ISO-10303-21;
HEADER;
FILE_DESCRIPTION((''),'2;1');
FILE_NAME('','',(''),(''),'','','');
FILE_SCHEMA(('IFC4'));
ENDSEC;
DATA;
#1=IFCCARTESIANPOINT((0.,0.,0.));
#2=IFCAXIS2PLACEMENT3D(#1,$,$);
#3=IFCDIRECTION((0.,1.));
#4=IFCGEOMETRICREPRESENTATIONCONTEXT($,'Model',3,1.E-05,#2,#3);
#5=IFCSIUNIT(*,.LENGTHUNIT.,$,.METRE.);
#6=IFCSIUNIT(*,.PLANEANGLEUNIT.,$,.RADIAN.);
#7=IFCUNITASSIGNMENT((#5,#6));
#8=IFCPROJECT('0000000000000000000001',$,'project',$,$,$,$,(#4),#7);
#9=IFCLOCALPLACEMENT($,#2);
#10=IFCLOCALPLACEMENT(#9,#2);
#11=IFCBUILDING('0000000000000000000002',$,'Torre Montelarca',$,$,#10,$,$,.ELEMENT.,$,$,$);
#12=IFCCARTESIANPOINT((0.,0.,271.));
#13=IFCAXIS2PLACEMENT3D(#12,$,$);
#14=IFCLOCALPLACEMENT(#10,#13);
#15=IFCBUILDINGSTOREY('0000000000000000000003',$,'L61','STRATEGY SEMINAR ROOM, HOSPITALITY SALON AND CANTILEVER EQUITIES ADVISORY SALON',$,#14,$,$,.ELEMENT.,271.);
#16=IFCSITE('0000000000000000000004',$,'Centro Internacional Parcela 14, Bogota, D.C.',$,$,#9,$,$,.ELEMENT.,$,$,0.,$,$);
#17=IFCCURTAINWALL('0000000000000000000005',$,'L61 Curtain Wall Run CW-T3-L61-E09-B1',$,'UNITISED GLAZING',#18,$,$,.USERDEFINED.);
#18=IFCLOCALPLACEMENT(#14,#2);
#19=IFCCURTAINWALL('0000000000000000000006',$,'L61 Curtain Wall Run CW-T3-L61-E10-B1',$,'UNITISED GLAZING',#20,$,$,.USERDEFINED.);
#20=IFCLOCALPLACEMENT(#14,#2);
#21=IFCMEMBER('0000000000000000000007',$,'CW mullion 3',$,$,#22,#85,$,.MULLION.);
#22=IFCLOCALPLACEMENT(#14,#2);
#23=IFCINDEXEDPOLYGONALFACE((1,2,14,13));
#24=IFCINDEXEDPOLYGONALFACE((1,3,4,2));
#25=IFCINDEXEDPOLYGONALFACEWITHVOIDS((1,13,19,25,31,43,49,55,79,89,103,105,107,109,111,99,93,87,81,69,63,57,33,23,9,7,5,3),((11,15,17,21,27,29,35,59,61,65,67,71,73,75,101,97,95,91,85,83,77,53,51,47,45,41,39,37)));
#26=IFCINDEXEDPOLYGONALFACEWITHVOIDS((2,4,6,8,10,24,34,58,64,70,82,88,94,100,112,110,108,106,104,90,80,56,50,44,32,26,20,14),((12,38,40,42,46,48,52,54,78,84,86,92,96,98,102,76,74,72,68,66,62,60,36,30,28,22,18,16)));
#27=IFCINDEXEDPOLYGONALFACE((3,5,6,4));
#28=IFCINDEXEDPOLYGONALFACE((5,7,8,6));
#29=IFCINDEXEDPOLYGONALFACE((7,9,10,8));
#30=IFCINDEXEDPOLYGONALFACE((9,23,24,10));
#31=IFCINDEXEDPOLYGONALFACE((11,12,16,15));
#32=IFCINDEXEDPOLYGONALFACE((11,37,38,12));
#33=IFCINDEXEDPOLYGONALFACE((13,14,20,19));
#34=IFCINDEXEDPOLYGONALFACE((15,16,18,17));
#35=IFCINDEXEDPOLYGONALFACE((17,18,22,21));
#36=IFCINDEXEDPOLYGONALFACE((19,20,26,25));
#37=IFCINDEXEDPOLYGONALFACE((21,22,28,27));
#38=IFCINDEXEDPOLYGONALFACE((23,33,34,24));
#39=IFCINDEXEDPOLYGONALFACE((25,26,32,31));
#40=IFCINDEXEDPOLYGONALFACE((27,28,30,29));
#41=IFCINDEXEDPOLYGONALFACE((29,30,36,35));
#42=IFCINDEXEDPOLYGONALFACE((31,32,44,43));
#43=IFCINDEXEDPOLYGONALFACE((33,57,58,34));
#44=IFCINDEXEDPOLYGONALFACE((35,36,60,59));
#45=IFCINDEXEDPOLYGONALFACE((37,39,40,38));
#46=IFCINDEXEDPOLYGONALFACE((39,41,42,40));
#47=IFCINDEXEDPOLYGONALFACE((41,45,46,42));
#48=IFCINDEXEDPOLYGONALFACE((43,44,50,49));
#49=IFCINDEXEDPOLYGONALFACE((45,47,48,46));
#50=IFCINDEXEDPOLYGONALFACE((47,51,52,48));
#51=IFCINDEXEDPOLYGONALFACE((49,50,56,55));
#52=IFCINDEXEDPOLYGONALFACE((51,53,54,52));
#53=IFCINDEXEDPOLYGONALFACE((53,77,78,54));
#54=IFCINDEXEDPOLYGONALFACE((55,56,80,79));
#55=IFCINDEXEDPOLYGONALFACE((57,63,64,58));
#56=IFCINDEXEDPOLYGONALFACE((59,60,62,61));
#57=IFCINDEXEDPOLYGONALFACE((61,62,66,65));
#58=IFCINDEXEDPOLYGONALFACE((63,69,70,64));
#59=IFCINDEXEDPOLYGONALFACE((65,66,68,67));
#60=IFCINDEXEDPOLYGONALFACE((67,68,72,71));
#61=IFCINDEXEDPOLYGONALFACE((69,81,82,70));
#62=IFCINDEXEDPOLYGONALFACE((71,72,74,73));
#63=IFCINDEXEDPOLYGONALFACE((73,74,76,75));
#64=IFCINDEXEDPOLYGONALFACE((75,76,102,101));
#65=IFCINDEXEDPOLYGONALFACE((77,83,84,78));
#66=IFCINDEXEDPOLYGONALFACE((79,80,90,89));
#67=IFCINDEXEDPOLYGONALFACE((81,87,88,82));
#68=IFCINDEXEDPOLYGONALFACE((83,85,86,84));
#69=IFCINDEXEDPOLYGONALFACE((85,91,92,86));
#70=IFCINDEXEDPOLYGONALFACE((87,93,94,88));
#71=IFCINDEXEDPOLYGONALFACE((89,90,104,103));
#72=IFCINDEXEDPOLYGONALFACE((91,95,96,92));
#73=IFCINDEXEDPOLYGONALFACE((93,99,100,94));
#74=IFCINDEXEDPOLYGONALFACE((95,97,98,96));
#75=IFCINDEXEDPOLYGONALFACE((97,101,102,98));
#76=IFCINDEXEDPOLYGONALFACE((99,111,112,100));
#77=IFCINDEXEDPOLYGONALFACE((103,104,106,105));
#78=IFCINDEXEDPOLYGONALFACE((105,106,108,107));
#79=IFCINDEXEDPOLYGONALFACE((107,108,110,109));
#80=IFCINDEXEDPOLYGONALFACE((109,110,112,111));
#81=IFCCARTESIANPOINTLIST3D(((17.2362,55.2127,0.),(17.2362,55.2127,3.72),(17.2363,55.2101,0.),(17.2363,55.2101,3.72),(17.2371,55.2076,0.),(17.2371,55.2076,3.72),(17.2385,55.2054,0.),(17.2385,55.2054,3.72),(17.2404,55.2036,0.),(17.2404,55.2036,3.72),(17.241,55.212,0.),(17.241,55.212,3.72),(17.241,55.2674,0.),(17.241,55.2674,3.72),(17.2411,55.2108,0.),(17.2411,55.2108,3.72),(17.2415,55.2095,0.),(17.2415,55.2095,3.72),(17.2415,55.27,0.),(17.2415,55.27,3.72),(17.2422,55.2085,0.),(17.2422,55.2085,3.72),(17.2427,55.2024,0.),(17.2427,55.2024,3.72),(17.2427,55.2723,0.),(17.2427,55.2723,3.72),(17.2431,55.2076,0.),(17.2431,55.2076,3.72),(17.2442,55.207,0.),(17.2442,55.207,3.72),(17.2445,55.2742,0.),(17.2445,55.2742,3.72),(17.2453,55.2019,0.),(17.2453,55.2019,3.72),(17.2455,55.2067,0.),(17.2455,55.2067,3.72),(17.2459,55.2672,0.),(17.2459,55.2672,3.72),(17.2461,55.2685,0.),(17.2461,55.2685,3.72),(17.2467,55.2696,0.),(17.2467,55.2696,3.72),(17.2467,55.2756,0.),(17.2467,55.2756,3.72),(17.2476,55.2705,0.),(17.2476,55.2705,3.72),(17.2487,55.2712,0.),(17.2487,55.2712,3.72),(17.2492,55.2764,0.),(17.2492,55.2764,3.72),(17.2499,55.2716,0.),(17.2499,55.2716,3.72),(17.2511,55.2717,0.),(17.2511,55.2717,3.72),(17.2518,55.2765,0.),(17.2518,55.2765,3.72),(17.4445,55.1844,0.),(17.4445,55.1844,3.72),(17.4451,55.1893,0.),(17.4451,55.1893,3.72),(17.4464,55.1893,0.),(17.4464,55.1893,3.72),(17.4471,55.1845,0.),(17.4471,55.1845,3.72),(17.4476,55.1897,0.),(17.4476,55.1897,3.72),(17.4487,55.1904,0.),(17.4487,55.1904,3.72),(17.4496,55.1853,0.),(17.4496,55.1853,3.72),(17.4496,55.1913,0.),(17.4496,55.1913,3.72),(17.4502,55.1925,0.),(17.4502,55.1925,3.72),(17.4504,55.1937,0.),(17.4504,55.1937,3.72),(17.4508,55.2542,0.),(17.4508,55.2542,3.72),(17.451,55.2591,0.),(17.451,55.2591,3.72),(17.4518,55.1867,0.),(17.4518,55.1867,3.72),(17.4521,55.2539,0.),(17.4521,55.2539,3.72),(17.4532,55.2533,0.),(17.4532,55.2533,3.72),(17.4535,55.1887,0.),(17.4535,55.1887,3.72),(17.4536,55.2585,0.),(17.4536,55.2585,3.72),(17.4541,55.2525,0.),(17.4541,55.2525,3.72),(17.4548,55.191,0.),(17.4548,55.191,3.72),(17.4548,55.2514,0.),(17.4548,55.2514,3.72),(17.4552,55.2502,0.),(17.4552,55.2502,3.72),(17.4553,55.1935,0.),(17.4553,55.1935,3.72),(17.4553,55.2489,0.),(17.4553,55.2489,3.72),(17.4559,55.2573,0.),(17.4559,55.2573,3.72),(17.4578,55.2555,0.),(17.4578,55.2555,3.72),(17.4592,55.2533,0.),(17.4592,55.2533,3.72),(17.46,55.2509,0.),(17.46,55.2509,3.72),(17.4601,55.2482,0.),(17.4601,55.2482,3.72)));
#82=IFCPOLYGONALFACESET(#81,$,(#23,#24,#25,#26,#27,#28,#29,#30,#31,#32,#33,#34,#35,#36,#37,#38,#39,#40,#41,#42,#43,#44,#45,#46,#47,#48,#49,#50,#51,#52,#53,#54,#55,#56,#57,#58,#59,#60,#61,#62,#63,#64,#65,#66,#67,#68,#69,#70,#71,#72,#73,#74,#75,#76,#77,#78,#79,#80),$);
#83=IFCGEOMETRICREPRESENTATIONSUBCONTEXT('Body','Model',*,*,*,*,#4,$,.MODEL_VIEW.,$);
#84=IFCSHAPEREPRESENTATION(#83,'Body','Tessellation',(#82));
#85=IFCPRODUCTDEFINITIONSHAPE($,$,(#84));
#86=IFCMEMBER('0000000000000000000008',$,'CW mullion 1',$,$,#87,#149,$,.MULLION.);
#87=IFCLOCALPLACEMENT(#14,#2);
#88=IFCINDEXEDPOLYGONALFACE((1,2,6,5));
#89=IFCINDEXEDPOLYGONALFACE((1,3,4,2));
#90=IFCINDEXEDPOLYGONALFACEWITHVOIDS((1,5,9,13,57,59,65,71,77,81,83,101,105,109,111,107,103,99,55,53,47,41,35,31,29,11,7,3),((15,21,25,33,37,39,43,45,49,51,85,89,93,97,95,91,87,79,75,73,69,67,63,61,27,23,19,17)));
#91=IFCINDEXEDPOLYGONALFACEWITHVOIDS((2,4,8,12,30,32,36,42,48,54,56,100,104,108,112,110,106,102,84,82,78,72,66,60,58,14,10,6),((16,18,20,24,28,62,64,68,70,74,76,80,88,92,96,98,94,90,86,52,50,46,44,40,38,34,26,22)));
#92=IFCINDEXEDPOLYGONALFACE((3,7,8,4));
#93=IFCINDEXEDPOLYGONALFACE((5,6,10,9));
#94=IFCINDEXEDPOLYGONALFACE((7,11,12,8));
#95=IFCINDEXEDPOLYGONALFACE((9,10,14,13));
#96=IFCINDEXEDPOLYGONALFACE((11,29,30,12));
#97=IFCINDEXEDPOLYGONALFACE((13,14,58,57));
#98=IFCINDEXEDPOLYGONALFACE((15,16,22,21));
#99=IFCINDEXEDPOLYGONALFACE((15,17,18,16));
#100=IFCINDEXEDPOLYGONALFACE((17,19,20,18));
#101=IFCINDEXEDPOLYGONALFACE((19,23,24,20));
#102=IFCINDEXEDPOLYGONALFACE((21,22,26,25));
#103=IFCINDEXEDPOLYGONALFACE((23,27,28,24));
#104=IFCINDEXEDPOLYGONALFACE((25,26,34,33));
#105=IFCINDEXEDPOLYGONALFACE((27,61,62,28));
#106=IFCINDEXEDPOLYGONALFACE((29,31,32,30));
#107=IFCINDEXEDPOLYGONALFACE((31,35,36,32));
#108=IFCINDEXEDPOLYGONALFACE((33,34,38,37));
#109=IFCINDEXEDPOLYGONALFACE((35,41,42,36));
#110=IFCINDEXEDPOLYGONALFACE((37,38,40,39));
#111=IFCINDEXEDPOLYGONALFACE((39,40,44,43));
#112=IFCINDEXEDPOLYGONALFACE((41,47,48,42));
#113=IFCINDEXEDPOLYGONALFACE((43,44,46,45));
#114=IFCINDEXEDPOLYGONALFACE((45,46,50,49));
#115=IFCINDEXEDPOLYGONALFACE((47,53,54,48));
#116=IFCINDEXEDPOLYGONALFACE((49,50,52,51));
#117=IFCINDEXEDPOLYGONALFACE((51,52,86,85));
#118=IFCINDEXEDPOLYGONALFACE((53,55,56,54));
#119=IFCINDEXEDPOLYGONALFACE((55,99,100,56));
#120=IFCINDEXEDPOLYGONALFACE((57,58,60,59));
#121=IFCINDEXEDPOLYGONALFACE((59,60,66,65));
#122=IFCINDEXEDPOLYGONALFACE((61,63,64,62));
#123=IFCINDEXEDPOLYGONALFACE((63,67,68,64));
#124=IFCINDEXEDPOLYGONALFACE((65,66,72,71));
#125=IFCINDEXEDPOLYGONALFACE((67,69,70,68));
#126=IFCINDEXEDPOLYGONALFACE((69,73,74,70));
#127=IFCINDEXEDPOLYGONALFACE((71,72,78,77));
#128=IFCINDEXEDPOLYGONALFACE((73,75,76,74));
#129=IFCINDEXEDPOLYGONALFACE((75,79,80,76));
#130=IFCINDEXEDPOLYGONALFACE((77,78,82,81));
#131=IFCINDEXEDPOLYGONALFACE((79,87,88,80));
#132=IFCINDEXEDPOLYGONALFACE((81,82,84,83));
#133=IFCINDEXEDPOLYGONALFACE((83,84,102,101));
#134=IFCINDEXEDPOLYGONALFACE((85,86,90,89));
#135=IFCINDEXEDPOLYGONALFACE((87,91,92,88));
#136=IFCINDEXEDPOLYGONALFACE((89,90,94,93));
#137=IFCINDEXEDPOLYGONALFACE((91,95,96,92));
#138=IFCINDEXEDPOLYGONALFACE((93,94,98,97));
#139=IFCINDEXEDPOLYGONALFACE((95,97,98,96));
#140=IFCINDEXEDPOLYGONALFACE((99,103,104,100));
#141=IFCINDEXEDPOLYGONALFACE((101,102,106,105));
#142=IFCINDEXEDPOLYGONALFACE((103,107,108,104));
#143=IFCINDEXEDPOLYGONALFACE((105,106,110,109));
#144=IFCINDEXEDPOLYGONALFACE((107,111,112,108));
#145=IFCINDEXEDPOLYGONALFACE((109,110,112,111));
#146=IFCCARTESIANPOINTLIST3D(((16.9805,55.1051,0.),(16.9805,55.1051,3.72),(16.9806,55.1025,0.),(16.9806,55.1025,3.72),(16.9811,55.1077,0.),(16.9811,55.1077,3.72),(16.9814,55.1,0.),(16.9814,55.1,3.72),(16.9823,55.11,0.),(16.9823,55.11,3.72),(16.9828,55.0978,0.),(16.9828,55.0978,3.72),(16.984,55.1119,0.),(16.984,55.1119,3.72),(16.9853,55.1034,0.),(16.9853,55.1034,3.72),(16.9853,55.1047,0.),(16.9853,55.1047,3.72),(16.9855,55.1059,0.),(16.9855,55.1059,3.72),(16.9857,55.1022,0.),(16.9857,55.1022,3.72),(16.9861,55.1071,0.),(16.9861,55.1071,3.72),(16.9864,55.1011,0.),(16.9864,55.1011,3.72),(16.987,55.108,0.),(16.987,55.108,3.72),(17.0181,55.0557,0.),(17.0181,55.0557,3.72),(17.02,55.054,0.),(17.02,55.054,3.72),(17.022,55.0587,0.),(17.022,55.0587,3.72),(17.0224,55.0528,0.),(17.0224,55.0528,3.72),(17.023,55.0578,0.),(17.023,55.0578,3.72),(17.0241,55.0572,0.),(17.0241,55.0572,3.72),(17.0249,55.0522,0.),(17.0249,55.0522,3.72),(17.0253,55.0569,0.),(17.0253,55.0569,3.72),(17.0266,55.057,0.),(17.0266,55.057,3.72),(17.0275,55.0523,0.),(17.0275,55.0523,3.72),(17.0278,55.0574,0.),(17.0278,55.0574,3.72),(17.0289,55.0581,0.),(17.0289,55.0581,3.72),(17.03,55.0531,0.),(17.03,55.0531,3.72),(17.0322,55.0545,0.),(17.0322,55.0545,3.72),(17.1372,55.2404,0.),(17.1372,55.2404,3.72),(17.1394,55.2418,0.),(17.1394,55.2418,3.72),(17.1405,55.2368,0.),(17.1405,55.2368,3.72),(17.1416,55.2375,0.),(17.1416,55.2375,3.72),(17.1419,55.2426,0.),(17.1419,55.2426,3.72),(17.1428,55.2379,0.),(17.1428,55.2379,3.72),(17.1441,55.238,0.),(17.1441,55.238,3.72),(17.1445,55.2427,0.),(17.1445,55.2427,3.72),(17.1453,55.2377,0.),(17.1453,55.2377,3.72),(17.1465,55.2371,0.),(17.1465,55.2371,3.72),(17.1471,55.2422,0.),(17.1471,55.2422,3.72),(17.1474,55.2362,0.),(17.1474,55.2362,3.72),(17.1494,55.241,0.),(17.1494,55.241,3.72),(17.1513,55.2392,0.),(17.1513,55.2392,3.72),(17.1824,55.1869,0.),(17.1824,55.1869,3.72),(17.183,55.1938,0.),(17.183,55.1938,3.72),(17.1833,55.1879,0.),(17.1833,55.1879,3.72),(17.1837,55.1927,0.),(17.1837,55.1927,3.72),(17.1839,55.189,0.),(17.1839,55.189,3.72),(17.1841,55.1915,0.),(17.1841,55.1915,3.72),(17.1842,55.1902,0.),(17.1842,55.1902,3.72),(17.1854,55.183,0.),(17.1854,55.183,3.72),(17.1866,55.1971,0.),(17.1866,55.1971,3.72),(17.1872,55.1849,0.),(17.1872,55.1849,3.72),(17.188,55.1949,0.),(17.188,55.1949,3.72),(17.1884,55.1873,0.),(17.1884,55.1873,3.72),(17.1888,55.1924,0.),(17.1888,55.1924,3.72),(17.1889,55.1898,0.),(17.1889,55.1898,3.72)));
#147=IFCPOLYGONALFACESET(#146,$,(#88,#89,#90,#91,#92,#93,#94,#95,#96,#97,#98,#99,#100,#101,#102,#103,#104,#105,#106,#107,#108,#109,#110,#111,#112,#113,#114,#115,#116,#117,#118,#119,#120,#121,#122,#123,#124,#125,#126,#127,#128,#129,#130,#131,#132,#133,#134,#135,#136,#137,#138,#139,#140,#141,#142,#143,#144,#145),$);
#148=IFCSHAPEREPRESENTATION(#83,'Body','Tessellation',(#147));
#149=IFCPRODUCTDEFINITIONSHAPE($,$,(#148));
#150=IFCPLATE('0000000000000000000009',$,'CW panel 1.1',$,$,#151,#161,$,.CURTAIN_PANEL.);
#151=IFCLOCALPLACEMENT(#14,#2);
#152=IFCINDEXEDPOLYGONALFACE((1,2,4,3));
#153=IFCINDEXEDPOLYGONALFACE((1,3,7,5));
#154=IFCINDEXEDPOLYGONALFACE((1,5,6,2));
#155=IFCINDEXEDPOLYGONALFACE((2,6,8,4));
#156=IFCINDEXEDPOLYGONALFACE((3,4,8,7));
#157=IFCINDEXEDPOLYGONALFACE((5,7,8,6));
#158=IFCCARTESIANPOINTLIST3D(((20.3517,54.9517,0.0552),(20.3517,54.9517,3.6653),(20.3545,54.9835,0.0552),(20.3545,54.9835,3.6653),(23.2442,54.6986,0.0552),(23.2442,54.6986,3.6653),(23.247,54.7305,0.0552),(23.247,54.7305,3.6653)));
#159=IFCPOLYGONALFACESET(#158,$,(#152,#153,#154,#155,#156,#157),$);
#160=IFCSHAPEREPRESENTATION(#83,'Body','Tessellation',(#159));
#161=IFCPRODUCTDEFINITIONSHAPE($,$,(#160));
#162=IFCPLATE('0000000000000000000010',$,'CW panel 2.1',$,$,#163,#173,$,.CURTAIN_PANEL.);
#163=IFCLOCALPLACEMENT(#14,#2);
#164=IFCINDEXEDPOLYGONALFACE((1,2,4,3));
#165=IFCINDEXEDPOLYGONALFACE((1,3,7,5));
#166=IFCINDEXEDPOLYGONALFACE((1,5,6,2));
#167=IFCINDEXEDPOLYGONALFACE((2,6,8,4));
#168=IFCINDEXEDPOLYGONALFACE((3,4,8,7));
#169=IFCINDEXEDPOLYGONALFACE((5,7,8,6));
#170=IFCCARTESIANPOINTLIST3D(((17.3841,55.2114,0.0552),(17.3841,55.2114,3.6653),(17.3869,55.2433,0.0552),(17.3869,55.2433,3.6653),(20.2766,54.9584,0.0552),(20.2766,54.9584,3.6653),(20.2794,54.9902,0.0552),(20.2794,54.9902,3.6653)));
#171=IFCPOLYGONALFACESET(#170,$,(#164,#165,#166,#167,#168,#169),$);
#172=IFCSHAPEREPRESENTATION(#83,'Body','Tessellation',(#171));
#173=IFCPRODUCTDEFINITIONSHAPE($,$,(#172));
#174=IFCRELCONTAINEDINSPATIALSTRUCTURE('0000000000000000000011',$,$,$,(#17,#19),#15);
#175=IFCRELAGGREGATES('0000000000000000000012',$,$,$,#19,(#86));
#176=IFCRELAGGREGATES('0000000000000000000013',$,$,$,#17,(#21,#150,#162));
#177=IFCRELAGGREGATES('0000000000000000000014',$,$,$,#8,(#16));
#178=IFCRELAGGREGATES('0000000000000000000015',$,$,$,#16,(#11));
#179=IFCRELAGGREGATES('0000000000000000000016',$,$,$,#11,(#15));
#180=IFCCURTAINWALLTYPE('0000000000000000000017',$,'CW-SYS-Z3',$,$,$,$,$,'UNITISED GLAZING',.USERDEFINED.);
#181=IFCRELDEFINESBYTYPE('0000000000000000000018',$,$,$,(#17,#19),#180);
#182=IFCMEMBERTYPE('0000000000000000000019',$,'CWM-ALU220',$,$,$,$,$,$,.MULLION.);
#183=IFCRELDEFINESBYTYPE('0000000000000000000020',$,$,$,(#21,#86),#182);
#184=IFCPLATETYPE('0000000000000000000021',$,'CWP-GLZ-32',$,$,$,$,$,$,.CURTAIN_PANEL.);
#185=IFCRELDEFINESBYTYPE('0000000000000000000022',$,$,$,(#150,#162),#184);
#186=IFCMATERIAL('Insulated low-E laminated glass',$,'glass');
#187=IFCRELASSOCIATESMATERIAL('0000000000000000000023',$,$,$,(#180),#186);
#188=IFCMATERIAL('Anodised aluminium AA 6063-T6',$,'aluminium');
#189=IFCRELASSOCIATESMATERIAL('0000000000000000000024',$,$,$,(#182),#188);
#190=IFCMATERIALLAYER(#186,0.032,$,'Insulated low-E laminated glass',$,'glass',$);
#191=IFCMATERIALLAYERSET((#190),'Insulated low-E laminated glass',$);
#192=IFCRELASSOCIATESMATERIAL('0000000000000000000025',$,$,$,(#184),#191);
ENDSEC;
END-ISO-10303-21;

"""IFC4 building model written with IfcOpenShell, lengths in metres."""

from ifc_helpers import new_model, si_unit, direction, frame, origin, origin_2d, place, context, subcontext, project, spatial, rectangle, hollow_rectangle, extrude, source, transform, mapped, material, layer, layer_set, material_profile, profile_set, type_object, element, aggregate, save


model = new_model("IFC4")

# Units and contexts
model_context = context("Model", 3, precision=1e-05, world=origin(), true_north=direction((0.0, 1.0)))
body_context = subcontext(model_context, "Body", "Model", "MODEL_VIEW")
ifc_project = project(units=[si_unit("LENGTHUNIT", "METRE"), si_unit("PLANEANGLEUNIT", "RADIAN")], contexts=[model_context])

# Site, building, storey
site_placement = place(None, origin())
site = spatial("IfcSite", under=ifc_project, at=site_placement, Name="Centro Internacional Parcela 14, Bogota, D.C.", CompositionType="ELEMENT", RefElevation=0.0)
building_placement = place(site_placement, origin())
building = spatial("IfcBuilding", under=site, at=building_placement, Name="Torre Montelarca", CompositionType="ELEMENT")
storey_placement = place(building_placement, frame((0.0, 0.0, 271.0)))
storey = spatial("IfcBuildingStorey", under=building, at=storey_placement, Name="L61", Description="STRATEGY SEMINAR ROOM, HOSPITALITY SALON AND CANTILEVER EQUITIES ADVISORY SALON", CompositionType="ELEMENT", Elevation=271.0)

# Curtain walls
ifc_material_1 = material(Name="Insulated low-E laminated glass", Category="glass")
curtain_wall_type = type_object("IfcCurtainWallType", Name="CW-SYS-Z3", ElementType="UNITISED GLAZING", PredefinedType="USERDEFINED", material=ifc_material_1)
curtain_wall_1_placement = place(storey_placement, origin())
curtain_wall_1 = element("IfcCurtainWall", 1, at=curtain_wall_1_placement, inside=storey, type_object=curtain_wall_type, Name="L61 Curtain Wall Run CW-T3-L61-E09-B1", ObjectType="UNITISED GLAZING", PredefinedType="USERDEFINED")
ifc_material_2 = material(Name="Anodised aluminium AA 6063-T6", Category="aluminium")
curtain_wall_2_placement = place(storey_placement, origin())
curtain_wall_2 = element("IfcCurtainWall", 2, at=curtain_wall_2_placement, inside=storey, type_object=curtain_wall_type, Name="L61 Curtain Wall Run CW-T3-L61-E10-B1", ObjectType="UNITISED GLAZING", PredefinedType="USERDEFINED")

# Members
ifc_material_profile_1 = material_profile(ifc_material_2, hollow_rectangle(XDim=0.075, YDim=0.22, WallThickness=0.0049, InnerFilletRadius=0.0049, OuterFilletRadius=0.01, at=origin_2d()), Name="ALU75X220X5", Category="aluminium")
ifc_profile_set_1 = profile_set([ifc_material_profile_1], Name="Anodised aluminium AA 6063-T6")
member_type_1 = type_object("IfcMemberType", Name="CWM-ALU220", PredefinedType="MULLION", material=ifc_profile_set_1)
shared_shape_1 = source(origin(), body_context, "Body", "SweptSolid", [
    extrude(hollow_rectangle(XDim=0.075, YDim=0.22, WallThickness=0.0049, InnerFilletRadius=0.0049, OuterFilletRadius=0.01, at=origin_2d()), origin(), (0.0, 0.0, 1.0), 3.72),
])
member_1_placement = place(storey_placement, frame((17.3481, 55.2305, 0.0), z_axis=(0.0, 0.0, 1.0), x_axis=(-0.087165, -0.996194, 0.0)))
member_1 = element("IfcMember", 3, at=member_1_placement, type_object=member_type_1, Name="CW mullion 3", PredefinedType="MULLION", context=body_context, shape_type="MappedRepresentation", body=[
    mapped(shared_shape_1, transform((0.0, 0.0, 0.0), scale=1.0)),
])
member_2_placement = place(storey_placement, frame((17.0847, 55.1475, 0.0), z_axis=(0.0, 0.0, 1.0), x_axis=(0.642788, -0.766044, 0.0)))
member_2 = element("IfcMember", 4, at=member_2_placement, type_object=member_type_1, Name="CW mullion 1", PredefinedType="MULLION", context=body_context, shape_type="MappedRepresentation", body=[
    mapped(shared_shape_1, transform((0.0, 0.0, 0.0), scale=1.0)),
])
aggregate(curtain_wall_2, [member_2])

# Plates
ifc_layer_1 = layer(ifc_material_1, 0.032, Name="Insulated low-E laminated glass", Category="glass")
ifc_layer_set_1 = layer_set([ifc_layer_1], Name="Insulated low-E laminated glass")
plate_type = type_object("IfcPlateType", Name="CWP-GLZ-32", PredefinedType="CURTAIN_PANEL", material=ifc_layer_set_1)
shared_shape_2 = source(origin(), body_context, "Body", "SweptSolid", [
    extrude(rectangle(XDim=2.9036, YDim=0.032, at=origin_2d()), origin(), (0.0, 0.0, 1.0), 3.6101),
])
plate_1_placement = place(storey_placement, frame((21.7993, 54.8411, 0.0552), z_axis=(0.0, 0.0, 1.0), x_axis=(-0.996194, 0.087165, 0.0)))
plate_1 = element("IfcPlate", 5, at=plate_1_placement, type_object=plate_type, Name="CW panel 1.1", PredefinedType="CURTAIN_PANEL", context=body_context, shape_type="MappedRepresentation", body=[
    mapped(shared_shape_2, transform((0.0, 0.0, 0.0), scale=1.0)),
])
plate_2_placement = place(storey_placement, frame((18.8318, 55.1008, 0.0552), z_axis=(0.0, 0.0, 1.0), x_axis=(-0.996194, 0.087165, 0.0)))
plate_2 = element("IfcPlate", 6, at=plate_2_placement, type_object=plate_type, Name="CW panel 2.1", PredefinedType="CURTAIN_PANEL", context=body_context, shape_type="MappedRepresentation", body=[
    mapped(shared_shape_2, transform((0.0, 0.0, 0.0), scale=1.0)),
])
aggregate(curtain_wall_1, [member_1, plate_1, plate_2])

save(model, "model.ifc")
